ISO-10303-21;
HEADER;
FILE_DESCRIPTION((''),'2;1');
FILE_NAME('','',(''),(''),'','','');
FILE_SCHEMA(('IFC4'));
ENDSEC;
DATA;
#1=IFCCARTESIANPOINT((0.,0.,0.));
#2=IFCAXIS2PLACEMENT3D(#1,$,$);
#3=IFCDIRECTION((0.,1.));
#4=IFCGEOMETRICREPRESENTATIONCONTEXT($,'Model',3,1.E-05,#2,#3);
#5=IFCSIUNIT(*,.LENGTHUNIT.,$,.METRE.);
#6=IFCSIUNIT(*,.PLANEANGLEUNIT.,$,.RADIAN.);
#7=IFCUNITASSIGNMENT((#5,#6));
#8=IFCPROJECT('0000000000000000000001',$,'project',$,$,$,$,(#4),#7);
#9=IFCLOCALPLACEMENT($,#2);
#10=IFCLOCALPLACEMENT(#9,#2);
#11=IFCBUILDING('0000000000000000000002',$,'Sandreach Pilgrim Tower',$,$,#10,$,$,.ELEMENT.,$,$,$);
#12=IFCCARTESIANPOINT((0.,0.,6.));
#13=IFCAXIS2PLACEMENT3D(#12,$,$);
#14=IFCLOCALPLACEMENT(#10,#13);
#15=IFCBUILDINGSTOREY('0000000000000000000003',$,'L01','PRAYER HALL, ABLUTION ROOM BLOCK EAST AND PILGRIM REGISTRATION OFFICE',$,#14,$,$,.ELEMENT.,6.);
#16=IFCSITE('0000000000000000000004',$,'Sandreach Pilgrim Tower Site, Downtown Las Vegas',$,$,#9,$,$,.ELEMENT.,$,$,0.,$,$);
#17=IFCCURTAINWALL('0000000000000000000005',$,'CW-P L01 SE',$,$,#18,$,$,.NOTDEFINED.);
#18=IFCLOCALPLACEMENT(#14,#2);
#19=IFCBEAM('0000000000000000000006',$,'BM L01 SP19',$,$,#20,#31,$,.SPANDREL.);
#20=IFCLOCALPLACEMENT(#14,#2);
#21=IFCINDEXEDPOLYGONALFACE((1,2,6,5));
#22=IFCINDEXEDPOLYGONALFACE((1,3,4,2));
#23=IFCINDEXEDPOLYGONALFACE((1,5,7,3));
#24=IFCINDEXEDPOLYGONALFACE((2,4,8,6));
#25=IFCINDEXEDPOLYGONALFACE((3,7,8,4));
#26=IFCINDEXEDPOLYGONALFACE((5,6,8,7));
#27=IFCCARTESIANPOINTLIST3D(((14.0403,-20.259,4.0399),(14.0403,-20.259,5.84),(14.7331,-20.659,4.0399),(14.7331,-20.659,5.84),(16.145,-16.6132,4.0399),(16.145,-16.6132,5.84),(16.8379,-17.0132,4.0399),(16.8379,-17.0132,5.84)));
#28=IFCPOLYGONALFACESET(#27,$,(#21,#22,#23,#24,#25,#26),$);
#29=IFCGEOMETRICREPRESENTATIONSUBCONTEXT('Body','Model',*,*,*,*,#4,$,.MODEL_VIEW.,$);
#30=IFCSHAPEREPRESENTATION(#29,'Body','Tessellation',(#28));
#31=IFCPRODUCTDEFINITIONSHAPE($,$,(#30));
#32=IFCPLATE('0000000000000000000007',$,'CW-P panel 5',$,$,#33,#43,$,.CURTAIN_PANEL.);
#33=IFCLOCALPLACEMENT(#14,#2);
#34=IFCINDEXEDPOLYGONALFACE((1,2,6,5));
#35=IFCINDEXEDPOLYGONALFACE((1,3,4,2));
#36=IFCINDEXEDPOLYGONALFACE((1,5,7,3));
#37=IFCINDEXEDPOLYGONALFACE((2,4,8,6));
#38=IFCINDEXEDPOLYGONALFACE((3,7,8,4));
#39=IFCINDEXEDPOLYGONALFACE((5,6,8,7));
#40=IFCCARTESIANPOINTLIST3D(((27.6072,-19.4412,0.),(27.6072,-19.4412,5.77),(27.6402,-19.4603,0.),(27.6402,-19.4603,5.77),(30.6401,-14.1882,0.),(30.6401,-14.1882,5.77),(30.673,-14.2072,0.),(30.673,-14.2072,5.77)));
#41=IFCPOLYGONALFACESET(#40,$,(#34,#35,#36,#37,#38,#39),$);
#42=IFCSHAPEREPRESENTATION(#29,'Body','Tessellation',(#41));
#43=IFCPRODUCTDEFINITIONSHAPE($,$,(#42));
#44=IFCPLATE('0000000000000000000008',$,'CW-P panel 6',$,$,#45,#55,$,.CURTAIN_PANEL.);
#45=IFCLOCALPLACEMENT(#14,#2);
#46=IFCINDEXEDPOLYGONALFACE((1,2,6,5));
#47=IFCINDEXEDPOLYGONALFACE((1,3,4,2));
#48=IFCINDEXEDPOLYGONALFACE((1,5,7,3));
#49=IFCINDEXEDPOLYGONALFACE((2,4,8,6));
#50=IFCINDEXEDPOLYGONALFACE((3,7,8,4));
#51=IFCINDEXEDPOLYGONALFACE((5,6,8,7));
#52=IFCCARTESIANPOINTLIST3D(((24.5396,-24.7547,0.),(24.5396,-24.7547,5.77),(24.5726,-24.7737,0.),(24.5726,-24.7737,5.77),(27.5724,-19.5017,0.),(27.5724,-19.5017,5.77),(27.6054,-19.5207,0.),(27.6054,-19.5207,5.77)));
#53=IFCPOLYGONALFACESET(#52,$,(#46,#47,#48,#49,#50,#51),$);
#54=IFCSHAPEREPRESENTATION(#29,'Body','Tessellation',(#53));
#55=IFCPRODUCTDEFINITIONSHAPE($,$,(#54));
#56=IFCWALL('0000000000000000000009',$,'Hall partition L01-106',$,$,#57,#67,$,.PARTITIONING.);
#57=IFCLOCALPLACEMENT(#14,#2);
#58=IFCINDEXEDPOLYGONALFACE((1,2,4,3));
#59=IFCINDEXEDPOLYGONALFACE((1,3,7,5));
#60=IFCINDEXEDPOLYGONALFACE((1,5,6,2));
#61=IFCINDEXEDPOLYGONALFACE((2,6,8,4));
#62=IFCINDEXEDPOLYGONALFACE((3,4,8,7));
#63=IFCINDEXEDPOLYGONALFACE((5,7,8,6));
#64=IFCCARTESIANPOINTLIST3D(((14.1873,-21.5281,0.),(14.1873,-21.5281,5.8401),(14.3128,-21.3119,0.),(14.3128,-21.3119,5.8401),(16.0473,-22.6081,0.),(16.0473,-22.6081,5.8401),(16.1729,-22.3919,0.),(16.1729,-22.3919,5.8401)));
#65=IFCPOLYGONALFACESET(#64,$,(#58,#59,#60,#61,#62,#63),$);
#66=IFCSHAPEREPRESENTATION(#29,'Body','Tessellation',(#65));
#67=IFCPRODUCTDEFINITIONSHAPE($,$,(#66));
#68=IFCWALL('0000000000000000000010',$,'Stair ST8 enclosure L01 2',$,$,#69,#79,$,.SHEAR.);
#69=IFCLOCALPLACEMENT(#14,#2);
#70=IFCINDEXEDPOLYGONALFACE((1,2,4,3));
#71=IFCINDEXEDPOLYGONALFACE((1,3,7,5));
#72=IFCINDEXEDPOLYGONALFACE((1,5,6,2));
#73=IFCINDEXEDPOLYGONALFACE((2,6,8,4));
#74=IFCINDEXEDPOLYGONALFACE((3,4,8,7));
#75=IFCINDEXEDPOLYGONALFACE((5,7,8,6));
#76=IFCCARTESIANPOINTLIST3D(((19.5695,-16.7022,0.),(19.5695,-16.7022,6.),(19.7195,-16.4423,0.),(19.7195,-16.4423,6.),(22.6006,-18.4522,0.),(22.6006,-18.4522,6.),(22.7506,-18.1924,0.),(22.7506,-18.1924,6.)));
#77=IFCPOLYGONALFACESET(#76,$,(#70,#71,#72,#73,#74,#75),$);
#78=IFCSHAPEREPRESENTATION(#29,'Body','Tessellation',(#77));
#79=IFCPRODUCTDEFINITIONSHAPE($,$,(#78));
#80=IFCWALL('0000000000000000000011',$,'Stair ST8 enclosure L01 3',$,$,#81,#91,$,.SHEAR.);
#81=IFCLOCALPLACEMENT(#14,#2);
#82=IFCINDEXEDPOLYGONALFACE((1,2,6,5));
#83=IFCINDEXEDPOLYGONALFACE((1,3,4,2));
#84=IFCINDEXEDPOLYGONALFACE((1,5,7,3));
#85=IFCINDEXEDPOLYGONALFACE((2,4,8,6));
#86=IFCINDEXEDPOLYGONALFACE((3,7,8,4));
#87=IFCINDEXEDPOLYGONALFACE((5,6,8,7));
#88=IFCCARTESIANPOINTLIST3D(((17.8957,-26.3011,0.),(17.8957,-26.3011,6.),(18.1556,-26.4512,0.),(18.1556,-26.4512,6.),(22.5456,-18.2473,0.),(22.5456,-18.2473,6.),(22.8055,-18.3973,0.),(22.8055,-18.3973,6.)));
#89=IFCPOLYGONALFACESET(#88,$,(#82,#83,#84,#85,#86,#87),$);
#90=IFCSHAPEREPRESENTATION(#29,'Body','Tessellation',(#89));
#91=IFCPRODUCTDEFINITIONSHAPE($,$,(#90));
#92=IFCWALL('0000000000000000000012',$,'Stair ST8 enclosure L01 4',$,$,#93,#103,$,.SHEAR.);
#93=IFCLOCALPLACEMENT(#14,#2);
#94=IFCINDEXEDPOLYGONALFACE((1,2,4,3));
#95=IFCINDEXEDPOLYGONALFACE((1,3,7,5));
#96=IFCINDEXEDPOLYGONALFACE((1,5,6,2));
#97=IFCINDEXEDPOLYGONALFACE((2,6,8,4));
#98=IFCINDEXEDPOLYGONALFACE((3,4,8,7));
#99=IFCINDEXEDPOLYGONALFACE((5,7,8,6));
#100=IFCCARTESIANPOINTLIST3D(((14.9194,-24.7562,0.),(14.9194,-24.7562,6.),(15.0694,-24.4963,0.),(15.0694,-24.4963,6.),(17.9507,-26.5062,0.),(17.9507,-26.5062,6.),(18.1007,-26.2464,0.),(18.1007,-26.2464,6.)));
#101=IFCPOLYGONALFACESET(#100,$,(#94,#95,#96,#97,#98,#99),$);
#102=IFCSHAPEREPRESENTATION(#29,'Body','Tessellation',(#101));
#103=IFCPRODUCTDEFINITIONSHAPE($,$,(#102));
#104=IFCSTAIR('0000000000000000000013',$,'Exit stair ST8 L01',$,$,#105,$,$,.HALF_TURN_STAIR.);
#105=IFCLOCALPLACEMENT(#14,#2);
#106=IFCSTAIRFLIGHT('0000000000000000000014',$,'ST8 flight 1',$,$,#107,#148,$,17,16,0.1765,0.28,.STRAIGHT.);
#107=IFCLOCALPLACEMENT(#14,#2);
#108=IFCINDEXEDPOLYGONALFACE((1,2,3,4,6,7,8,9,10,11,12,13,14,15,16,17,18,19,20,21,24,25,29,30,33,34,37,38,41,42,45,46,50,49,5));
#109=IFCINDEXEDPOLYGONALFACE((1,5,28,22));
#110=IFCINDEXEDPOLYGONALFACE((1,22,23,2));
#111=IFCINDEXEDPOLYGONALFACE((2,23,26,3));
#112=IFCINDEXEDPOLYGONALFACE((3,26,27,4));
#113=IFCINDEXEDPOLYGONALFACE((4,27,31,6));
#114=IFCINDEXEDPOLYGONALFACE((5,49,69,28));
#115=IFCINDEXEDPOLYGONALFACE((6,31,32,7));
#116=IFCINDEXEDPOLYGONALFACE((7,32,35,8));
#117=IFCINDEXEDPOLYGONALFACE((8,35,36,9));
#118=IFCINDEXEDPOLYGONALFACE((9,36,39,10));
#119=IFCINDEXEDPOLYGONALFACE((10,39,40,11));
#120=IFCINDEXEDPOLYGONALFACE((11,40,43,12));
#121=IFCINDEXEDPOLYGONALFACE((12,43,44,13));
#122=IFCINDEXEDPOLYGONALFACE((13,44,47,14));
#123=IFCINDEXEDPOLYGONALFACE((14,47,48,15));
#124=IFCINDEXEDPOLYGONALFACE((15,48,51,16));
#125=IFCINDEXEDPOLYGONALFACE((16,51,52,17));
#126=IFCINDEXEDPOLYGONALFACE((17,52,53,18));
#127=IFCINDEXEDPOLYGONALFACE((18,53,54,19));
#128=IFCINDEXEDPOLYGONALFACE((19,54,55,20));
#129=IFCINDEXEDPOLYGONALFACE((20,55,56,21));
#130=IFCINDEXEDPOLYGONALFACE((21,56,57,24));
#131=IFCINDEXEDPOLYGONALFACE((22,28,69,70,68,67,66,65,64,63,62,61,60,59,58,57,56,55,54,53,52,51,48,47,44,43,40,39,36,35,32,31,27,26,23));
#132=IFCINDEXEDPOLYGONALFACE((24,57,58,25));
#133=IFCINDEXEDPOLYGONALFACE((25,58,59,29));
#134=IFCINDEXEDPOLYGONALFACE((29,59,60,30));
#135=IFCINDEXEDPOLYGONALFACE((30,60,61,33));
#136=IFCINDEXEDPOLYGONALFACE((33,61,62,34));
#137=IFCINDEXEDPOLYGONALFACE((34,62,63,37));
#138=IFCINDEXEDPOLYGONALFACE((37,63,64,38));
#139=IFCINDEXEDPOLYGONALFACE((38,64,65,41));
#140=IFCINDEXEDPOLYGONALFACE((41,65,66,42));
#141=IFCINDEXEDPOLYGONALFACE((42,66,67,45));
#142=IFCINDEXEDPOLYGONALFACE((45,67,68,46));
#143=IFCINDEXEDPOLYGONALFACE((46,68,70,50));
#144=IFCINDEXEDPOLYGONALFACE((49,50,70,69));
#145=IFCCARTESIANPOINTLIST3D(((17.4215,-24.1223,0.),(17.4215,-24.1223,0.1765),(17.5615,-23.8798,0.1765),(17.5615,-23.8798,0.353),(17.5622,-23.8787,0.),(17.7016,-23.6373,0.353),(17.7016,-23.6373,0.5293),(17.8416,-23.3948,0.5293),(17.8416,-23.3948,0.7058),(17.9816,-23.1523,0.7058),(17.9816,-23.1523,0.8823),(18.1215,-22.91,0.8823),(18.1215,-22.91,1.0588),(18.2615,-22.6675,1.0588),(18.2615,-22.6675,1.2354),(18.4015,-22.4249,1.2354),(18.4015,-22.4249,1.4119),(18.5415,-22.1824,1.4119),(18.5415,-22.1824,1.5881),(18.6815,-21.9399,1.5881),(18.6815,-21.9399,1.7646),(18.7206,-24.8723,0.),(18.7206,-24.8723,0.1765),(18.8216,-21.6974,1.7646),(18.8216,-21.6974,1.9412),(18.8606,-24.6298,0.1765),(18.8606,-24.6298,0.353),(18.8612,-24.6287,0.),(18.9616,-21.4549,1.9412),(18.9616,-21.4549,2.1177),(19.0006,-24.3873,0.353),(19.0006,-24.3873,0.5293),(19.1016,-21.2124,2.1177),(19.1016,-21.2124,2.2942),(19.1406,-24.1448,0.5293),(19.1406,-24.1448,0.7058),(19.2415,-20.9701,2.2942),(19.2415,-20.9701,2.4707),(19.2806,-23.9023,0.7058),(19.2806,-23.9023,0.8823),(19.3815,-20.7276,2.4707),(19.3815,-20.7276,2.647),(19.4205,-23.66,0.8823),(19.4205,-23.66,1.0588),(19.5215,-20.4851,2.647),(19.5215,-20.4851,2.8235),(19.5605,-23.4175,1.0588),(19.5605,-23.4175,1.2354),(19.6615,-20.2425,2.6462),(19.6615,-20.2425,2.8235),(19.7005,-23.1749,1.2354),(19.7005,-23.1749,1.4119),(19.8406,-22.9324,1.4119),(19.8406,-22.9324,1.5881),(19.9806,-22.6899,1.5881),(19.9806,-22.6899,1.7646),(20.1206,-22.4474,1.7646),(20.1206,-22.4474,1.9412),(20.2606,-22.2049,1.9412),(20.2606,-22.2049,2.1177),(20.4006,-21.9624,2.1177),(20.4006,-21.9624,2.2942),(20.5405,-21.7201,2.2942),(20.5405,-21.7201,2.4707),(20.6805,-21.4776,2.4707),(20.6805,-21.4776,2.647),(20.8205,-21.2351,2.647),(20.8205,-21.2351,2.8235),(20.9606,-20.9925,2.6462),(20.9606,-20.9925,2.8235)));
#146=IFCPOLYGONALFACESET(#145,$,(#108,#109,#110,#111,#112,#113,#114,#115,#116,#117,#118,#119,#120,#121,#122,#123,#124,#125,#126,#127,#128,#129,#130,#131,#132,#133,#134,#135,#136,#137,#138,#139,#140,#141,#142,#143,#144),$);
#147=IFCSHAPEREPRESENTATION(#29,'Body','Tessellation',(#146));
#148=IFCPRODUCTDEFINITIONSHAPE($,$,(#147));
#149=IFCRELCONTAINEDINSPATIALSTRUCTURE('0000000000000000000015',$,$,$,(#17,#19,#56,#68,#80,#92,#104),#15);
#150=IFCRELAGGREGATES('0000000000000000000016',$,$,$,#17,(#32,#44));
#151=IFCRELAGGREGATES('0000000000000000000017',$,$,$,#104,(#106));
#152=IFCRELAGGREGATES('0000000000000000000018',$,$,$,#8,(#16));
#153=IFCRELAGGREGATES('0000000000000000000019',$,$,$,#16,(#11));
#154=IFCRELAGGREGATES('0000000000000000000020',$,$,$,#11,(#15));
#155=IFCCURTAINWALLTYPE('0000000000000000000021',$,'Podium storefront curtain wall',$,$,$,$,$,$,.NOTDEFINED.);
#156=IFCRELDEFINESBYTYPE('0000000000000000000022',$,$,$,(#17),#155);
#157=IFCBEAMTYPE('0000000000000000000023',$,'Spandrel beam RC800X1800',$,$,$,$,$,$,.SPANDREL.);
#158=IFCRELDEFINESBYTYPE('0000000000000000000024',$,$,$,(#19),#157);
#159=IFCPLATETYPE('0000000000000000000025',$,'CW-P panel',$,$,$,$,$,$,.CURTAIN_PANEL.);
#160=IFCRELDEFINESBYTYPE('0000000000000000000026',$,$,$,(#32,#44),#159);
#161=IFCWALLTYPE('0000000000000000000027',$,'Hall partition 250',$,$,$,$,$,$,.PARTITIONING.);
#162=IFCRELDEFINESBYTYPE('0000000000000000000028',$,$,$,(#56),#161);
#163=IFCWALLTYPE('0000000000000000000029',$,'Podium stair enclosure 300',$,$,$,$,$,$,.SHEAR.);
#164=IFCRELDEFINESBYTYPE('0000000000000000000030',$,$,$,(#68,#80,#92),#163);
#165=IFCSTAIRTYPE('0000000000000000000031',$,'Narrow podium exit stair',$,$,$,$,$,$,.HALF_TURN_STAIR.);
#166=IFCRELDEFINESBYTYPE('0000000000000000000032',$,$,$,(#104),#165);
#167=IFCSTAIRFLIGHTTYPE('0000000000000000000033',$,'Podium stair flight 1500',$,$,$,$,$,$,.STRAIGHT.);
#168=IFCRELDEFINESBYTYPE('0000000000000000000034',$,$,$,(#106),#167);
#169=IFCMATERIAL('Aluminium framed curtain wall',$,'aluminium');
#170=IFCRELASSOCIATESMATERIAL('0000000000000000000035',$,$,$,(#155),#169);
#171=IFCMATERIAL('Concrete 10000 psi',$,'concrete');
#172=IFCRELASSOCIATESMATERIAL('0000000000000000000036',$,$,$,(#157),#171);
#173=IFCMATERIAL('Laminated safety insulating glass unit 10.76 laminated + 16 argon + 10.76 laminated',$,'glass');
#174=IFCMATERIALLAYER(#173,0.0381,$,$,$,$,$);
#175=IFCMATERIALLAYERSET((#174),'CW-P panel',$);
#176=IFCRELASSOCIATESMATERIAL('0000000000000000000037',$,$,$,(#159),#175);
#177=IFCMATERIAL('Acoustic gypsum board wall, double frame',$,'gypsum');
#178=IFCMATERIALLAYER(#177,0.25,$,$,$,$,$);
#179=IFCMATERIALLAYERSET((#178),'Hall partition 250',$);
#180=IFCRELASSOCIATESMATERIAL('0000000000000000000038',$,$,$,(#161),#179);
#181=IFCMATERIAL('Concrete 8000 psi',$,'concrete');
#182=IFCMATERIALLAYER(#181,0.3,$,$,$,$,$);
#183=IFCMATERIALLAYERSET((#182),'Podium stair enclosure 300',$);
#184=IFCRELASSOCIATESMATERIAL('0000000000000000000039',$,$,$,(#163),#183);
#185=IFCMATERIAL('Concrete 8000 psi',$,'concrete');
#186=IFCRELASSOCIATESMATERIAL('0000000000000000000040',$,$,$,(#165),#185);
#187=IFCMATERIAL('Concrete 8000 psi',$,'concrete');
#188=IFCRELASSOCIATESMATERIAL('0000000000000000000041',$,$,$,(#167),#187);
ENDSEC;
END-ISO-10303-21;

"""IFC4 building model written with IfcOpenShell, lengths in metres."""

from ifc_helpers import new_model, si_unit, direction, frame, frame_2d, origin, origin_2d, place, context, subcontext, project, spatial, polyline, rectangle, outline, extrude, material, layer, layer_set, material_profile, profile_set, type_object, element, aggregate, save


model = new_model("IFC4")

# Units and contexts
model_context = context("Model", 3, precision=1e-05, world=origin(), true_north=direction((0.0, 1.0)))
body_context = subcontext(model_context, "Body", "Model", "MODEL_VIEW")
ifc_project = project(units=[si_unit("LENGTHUNIT", "METRE"), si_unit("PLANEANGLEUNIT", "RADIAN")], contexts=[model_context])

# Site, building, storey
site_placement = place(None, origin())
site = spatial("IfcSite", under=ifc_project, at=site_placement, Name="Sandreach Pilgrim Tower Site, Downtown Las Vegas", CompositionType="ELEMENT", RefElevation=0.0)
building_placement = place(site_placement, origin())
building = spatial("IfcBuilding", under=site, at=building_placement, Name="Sandreach Pilgrim Tower", CompositionType="ELEMENT")
storey_placement = place(building_placement, frame((0.0, 0.0, 6.0)))
storey = spatial("IfcBuildingStorey", under=building, at=storey_placement, Name="L01", Description="PRAYER HALL, ABLUTION ROOM BLOCK EAST AND PILGRIM REGISTRATION OFFICE", CompositionType="ELEMENT", Elevation=6.0)

# Curtain wall
ifc_material_1 = material(Name="Aluminium framed curtain wall", Category="aluminium")
curtain_wall_type = type_object("IfcCurtainWallType", Name="Podium storefront curtain wall", PredefinedType="NOTDEFINED", material=ifc_material_1)
curtain_wall_placement = place(storey_placement, origin())
curtain_wall = element("IfcCurtainWall", 1, at=curtain_wall_placement, inside=storey, type_object=curtain_wall_type, Name="CW-P L01 SE", PredefinedType="NOTDEFINED")

# Beam
ifc_material_2 = material(Name="Concrete 10000 psi", Category="concrete")
ifc_material_profile_1 = material_profile(ifc_material_2, rectangle(XDim=0.8, YDim=1.8, at=origin_2d()), Name="RC800X1800")
ifc_profile_set_1 = profile_set([ifc_material_profile_1], Name="Concrete 10000 psi")
beam_type_1 = type_object("IfcBeamType", Name="Spandrel beam RC800X1800", PredefinedType="SPANDREL", material=ifc_profile_set_1)
beam_1_placement = place(storey_placement, frame((16.4915, -16.8132, 4.9399), z_axis=(-0.499975, -0.86604, 0.0), x_axis=(0.86604, -0.499975, 0.0)))
element("IfcBeam", 2, at=beam_1_placement, inside=storey, type_object=beam_type_1, Name="BM L01 SP19", PredefinedType="SPANDREL", context=body_context, shape_type="SweptSolid", body=[
    extrude(rectangle(XDim=0.8, YDim=1.8, at=origin_2d()), origin(), (0.0, 0.0, 1.0), 4.2097),
])

# Plates
ifc_material_3 = material(Name="Laminated safety insulating glass unit 10.76 laminated + 16 argon + 10.76 laminated", Category="glass")
ifc_layer_1 = layer(ifc_material_3, 0.0381)
ifc_layer_set_1 = layer_set([ifc_layer_1], Name="CW-P panel")
plate_type = type_object("IfcPlateType", Name="CW-P panel", PredefinedType="CURTAIN_PANEL", material=ifc_layer_set_1)
plate_1_placement = place(storey_placement, frame((29.1401, -16.8242, 0.0), z_axis=(0.0, 0.0, 1.0), x_axis=(-0.5, -0.866025, 0.0)))
plate_1 = element("IfcPlate", 3, at=plate_1_placement, type_object=plate_type, Name="CW-P panel 5", PredefinedType="CURTAIN_PANEL", context=body_context, shape_type="SweptSolid", body=[
    extrude(rectangle(XDim=6.0657, YDim=0.0381, at=origin_2d()), origin(), (0.0, 0.0, 1.0), 5.77),
])
plate_2_placement = place(storey_placement, frame((26.0725, -22.1377, 0.0), z_axis=(0.0, 0.0, 1.0), x_axis=(-0.5, -0.866025, 0.0)))
plate_2 = element("IfcPlate", 4, at=plate_2_placement, type_object=plate_type, Name="CW-P panel 6", PredefinedType="CURTAIN_PANEL", context=body_context, shape_type="SweptSolid", body=[
    extrude(rectangle(XDim=6.0657, YDim=0.0381, at=origin_2d()), origin(), (0.0, 0.0, 1.0), 5.77),
])
aggregate(curtain_wall, [plate_1, plate_2])

# Walls
ifc_material_4 = material(Name="Acoustic gypsum board wall, double frame", Category="gypsum")
ifc_layer_2 = layer(ifc_material_4, 0.25)
ifc_layer_set_2 = layer_set([ifc_layer_2], Name="Hall partition 250")
wall_type_1 = type_object("IfcWallType", Name="Hall partition 250", PredefinedType="PARTITIONING", material=ifc_layer_set_2)
wall_1_placement = place(storey_placement, frame((16.1101, -22.5, 0.0), z_axis=(0.0, 0.0, 1.0), x_axis=(-0.864786, 0.502141, 0.0)))
element("IfcWall", 5, at=wall_1_placement, inside=storey, type_object=wall_type_1, Name="Hall partition L01-106", PredefinedType="PARTITIONING", context=body_context, shape_type="SweptSolid", body=[
    extrude(rectangle(XDim=2.1509, YDim=0.25, at=frame_2d((1.0754, 0.0))), origin(), (0.0, 0.0, 1.0), 5.8401),
])
ifc_material_5 = material(Name="Concrete 8000 psi", Category="concrete")
ifc_layer_3 = layer(ifc_material_5, 0.3)
ifc_layer_set_3 = layer_set([ifc_layer_3], Name="Podium stair enclosure 300")
wall_type_2 = type_object("IfcWallType", Name="Podium stair enclosure 300", PredefinedType="SHEAR", material=ifc_layer_set_3)
wall_2_placement = place(storey_placement, frame((19.6445, -16.5723, 0.0), z_axis=(0.0, 0.0, 1.0), x_axis=(0.866019, -0.50001, 0.0)))
element("IfcWall", 6, at=wall_2_placement, inside=storey, type_object=wall_type_2, Name="Stair ST8 enclosure L01 2", PredefinedType="SHEAR", context=body_context, shape_type="SweptSolid", body=[
    extrude(rectangle(XDim=3.5, YDim=0.3, at=frame_2d((1.75, 0.0))), origin(), (0.0, 0.0, 1.0), 6.0),
])
wall_3_placement = place(storey_placement, frame((22.6755, -18.3223, 0.0), z_axis=(0.0, 0.0, 1.0), x_axis=(-0.499996, -0.866028, 0.0)))
element("IfcWall", 7, at=wall_3_placement, inside=storey, type_object=wall_type_2, Name="Stair ST8 enclosure L01 3", PredefinedType="SHEAR", context=body_context, shape_type="SweptSolid", body=[
    extrude(rectangle(XDim=9.2998, YDim=0.3, at=frame_2d((4.6499, 0.0))), origin(), (0.0, 0.0, 1.0), 6.0),
])
wall_4_placement = place(storey_placement, frame((18.0256, -26.3762, 0.0), z_axis=(0.0, 0.0, 1.0), x_axis=(-0.866037, 0.49998, 0.0)))
element("IfcWall", 8, at=wall_4_placement, inside=storey, type_object=wall_type_2, Name="Stair ST8 enclosure L01 4", PredefinedType="SHEAR", context=body_context, shape_type="SweptSolid", body=[
    extrude(rectangle(XDim=3.5002, YDim=0.3, at=frame_2d((1.75, 0.0))), origin(), (0.0, 0.0, 1.0), 6.0),
])

# Stair, stair flight
ifc_material_6 = material(Name="Concrete 8000 psi", Category="concrete")
stair_type = type_object("IfcStairType", Name="Narrow podium exit stair", PredefinedType="HALF_TURN_STAIR", material=ifc_material_6)
stair_placement = place(storey_placement, origin())
stair = element("IfcStair", 9, at=stair_placement, inside=storey, type_object=stair_type, Name="Exit stair ST8 L01", PredefinedType="HALF_TURN_STAIR")
ifc_material_7 = material(Name="Concrete 8000 psi", Category="concrete")
stair_flight_type = type_object("IfcStairFlightType", Name="Podium stair flight 1500", PredefinedType="STRAIGHT", material=ifc_material_7)
stair_flight_1_placement = place(storey_placement, frame((18.071, -24.4973, 0.0), z_axis=(0.0, 0.0, 1.0), x_axis=(0.5, 0.866025, 0.0)))
stair_flight_1 = element("IfcStairFlight", 10, at=stair_flight_1_placement, type_object=stair_flight_type, Name="ST8 flight 1", NumberOfRisers=17, NumberOfTreads=16, PredefinedType="STRAIGHT", RiserHeight=0.1765, TreadLength=0.28, context=body_context, shape_type="SweptSolid", body=[
    extrude(outline(polyline([(0.0, 0.0), (0.0, 0.1765), (0.28, 0.1765), (0.28, 0.353), (0.5601, 0.353), (0.5601, 0.5293), (0.8401, 0.5293), (0.8401, 0.7058), (1.1201, 0.7058), (1.1201, 0.8823), (1.3999, 0.8823), (1.3999, 1.0588), (1.6799, 1.0588), (1.6799, 1.2354), (1.96, 1.2354), (1.96, 1.4119), (2.24, 1.4119), (2.24, 1.5881), (2.52, 1.5881), (2.52, 1.7646), (2.8, 1.7646), (2.8, 1.9412), (3.0801, 1.9412), (3.0801, 2.1177), (3.3601, 2.1177), (3.3601, 2.2942), (3.6399, 2.2942), (3.6399, 2.4707), (3.9199, 2.4707), (3.9199, 2.647), (4.2, 2.647), (4.2, 2.8235), (4.48, 2.8235), (4.48, 3.0), (4.48, 2.6462), (0.2812, 0.0), (0.0, 0.0)])), frame((0.0, 0.75, 0.0), z_axis=(0.0, -1.0, 0.0), x_axis=(1.0, 0.0, 0.0)), (0.0, 0.0, 1.0), 1.5),
])
aggregate(stair, [stair_flight_1])

save(model, "model.ifc")
